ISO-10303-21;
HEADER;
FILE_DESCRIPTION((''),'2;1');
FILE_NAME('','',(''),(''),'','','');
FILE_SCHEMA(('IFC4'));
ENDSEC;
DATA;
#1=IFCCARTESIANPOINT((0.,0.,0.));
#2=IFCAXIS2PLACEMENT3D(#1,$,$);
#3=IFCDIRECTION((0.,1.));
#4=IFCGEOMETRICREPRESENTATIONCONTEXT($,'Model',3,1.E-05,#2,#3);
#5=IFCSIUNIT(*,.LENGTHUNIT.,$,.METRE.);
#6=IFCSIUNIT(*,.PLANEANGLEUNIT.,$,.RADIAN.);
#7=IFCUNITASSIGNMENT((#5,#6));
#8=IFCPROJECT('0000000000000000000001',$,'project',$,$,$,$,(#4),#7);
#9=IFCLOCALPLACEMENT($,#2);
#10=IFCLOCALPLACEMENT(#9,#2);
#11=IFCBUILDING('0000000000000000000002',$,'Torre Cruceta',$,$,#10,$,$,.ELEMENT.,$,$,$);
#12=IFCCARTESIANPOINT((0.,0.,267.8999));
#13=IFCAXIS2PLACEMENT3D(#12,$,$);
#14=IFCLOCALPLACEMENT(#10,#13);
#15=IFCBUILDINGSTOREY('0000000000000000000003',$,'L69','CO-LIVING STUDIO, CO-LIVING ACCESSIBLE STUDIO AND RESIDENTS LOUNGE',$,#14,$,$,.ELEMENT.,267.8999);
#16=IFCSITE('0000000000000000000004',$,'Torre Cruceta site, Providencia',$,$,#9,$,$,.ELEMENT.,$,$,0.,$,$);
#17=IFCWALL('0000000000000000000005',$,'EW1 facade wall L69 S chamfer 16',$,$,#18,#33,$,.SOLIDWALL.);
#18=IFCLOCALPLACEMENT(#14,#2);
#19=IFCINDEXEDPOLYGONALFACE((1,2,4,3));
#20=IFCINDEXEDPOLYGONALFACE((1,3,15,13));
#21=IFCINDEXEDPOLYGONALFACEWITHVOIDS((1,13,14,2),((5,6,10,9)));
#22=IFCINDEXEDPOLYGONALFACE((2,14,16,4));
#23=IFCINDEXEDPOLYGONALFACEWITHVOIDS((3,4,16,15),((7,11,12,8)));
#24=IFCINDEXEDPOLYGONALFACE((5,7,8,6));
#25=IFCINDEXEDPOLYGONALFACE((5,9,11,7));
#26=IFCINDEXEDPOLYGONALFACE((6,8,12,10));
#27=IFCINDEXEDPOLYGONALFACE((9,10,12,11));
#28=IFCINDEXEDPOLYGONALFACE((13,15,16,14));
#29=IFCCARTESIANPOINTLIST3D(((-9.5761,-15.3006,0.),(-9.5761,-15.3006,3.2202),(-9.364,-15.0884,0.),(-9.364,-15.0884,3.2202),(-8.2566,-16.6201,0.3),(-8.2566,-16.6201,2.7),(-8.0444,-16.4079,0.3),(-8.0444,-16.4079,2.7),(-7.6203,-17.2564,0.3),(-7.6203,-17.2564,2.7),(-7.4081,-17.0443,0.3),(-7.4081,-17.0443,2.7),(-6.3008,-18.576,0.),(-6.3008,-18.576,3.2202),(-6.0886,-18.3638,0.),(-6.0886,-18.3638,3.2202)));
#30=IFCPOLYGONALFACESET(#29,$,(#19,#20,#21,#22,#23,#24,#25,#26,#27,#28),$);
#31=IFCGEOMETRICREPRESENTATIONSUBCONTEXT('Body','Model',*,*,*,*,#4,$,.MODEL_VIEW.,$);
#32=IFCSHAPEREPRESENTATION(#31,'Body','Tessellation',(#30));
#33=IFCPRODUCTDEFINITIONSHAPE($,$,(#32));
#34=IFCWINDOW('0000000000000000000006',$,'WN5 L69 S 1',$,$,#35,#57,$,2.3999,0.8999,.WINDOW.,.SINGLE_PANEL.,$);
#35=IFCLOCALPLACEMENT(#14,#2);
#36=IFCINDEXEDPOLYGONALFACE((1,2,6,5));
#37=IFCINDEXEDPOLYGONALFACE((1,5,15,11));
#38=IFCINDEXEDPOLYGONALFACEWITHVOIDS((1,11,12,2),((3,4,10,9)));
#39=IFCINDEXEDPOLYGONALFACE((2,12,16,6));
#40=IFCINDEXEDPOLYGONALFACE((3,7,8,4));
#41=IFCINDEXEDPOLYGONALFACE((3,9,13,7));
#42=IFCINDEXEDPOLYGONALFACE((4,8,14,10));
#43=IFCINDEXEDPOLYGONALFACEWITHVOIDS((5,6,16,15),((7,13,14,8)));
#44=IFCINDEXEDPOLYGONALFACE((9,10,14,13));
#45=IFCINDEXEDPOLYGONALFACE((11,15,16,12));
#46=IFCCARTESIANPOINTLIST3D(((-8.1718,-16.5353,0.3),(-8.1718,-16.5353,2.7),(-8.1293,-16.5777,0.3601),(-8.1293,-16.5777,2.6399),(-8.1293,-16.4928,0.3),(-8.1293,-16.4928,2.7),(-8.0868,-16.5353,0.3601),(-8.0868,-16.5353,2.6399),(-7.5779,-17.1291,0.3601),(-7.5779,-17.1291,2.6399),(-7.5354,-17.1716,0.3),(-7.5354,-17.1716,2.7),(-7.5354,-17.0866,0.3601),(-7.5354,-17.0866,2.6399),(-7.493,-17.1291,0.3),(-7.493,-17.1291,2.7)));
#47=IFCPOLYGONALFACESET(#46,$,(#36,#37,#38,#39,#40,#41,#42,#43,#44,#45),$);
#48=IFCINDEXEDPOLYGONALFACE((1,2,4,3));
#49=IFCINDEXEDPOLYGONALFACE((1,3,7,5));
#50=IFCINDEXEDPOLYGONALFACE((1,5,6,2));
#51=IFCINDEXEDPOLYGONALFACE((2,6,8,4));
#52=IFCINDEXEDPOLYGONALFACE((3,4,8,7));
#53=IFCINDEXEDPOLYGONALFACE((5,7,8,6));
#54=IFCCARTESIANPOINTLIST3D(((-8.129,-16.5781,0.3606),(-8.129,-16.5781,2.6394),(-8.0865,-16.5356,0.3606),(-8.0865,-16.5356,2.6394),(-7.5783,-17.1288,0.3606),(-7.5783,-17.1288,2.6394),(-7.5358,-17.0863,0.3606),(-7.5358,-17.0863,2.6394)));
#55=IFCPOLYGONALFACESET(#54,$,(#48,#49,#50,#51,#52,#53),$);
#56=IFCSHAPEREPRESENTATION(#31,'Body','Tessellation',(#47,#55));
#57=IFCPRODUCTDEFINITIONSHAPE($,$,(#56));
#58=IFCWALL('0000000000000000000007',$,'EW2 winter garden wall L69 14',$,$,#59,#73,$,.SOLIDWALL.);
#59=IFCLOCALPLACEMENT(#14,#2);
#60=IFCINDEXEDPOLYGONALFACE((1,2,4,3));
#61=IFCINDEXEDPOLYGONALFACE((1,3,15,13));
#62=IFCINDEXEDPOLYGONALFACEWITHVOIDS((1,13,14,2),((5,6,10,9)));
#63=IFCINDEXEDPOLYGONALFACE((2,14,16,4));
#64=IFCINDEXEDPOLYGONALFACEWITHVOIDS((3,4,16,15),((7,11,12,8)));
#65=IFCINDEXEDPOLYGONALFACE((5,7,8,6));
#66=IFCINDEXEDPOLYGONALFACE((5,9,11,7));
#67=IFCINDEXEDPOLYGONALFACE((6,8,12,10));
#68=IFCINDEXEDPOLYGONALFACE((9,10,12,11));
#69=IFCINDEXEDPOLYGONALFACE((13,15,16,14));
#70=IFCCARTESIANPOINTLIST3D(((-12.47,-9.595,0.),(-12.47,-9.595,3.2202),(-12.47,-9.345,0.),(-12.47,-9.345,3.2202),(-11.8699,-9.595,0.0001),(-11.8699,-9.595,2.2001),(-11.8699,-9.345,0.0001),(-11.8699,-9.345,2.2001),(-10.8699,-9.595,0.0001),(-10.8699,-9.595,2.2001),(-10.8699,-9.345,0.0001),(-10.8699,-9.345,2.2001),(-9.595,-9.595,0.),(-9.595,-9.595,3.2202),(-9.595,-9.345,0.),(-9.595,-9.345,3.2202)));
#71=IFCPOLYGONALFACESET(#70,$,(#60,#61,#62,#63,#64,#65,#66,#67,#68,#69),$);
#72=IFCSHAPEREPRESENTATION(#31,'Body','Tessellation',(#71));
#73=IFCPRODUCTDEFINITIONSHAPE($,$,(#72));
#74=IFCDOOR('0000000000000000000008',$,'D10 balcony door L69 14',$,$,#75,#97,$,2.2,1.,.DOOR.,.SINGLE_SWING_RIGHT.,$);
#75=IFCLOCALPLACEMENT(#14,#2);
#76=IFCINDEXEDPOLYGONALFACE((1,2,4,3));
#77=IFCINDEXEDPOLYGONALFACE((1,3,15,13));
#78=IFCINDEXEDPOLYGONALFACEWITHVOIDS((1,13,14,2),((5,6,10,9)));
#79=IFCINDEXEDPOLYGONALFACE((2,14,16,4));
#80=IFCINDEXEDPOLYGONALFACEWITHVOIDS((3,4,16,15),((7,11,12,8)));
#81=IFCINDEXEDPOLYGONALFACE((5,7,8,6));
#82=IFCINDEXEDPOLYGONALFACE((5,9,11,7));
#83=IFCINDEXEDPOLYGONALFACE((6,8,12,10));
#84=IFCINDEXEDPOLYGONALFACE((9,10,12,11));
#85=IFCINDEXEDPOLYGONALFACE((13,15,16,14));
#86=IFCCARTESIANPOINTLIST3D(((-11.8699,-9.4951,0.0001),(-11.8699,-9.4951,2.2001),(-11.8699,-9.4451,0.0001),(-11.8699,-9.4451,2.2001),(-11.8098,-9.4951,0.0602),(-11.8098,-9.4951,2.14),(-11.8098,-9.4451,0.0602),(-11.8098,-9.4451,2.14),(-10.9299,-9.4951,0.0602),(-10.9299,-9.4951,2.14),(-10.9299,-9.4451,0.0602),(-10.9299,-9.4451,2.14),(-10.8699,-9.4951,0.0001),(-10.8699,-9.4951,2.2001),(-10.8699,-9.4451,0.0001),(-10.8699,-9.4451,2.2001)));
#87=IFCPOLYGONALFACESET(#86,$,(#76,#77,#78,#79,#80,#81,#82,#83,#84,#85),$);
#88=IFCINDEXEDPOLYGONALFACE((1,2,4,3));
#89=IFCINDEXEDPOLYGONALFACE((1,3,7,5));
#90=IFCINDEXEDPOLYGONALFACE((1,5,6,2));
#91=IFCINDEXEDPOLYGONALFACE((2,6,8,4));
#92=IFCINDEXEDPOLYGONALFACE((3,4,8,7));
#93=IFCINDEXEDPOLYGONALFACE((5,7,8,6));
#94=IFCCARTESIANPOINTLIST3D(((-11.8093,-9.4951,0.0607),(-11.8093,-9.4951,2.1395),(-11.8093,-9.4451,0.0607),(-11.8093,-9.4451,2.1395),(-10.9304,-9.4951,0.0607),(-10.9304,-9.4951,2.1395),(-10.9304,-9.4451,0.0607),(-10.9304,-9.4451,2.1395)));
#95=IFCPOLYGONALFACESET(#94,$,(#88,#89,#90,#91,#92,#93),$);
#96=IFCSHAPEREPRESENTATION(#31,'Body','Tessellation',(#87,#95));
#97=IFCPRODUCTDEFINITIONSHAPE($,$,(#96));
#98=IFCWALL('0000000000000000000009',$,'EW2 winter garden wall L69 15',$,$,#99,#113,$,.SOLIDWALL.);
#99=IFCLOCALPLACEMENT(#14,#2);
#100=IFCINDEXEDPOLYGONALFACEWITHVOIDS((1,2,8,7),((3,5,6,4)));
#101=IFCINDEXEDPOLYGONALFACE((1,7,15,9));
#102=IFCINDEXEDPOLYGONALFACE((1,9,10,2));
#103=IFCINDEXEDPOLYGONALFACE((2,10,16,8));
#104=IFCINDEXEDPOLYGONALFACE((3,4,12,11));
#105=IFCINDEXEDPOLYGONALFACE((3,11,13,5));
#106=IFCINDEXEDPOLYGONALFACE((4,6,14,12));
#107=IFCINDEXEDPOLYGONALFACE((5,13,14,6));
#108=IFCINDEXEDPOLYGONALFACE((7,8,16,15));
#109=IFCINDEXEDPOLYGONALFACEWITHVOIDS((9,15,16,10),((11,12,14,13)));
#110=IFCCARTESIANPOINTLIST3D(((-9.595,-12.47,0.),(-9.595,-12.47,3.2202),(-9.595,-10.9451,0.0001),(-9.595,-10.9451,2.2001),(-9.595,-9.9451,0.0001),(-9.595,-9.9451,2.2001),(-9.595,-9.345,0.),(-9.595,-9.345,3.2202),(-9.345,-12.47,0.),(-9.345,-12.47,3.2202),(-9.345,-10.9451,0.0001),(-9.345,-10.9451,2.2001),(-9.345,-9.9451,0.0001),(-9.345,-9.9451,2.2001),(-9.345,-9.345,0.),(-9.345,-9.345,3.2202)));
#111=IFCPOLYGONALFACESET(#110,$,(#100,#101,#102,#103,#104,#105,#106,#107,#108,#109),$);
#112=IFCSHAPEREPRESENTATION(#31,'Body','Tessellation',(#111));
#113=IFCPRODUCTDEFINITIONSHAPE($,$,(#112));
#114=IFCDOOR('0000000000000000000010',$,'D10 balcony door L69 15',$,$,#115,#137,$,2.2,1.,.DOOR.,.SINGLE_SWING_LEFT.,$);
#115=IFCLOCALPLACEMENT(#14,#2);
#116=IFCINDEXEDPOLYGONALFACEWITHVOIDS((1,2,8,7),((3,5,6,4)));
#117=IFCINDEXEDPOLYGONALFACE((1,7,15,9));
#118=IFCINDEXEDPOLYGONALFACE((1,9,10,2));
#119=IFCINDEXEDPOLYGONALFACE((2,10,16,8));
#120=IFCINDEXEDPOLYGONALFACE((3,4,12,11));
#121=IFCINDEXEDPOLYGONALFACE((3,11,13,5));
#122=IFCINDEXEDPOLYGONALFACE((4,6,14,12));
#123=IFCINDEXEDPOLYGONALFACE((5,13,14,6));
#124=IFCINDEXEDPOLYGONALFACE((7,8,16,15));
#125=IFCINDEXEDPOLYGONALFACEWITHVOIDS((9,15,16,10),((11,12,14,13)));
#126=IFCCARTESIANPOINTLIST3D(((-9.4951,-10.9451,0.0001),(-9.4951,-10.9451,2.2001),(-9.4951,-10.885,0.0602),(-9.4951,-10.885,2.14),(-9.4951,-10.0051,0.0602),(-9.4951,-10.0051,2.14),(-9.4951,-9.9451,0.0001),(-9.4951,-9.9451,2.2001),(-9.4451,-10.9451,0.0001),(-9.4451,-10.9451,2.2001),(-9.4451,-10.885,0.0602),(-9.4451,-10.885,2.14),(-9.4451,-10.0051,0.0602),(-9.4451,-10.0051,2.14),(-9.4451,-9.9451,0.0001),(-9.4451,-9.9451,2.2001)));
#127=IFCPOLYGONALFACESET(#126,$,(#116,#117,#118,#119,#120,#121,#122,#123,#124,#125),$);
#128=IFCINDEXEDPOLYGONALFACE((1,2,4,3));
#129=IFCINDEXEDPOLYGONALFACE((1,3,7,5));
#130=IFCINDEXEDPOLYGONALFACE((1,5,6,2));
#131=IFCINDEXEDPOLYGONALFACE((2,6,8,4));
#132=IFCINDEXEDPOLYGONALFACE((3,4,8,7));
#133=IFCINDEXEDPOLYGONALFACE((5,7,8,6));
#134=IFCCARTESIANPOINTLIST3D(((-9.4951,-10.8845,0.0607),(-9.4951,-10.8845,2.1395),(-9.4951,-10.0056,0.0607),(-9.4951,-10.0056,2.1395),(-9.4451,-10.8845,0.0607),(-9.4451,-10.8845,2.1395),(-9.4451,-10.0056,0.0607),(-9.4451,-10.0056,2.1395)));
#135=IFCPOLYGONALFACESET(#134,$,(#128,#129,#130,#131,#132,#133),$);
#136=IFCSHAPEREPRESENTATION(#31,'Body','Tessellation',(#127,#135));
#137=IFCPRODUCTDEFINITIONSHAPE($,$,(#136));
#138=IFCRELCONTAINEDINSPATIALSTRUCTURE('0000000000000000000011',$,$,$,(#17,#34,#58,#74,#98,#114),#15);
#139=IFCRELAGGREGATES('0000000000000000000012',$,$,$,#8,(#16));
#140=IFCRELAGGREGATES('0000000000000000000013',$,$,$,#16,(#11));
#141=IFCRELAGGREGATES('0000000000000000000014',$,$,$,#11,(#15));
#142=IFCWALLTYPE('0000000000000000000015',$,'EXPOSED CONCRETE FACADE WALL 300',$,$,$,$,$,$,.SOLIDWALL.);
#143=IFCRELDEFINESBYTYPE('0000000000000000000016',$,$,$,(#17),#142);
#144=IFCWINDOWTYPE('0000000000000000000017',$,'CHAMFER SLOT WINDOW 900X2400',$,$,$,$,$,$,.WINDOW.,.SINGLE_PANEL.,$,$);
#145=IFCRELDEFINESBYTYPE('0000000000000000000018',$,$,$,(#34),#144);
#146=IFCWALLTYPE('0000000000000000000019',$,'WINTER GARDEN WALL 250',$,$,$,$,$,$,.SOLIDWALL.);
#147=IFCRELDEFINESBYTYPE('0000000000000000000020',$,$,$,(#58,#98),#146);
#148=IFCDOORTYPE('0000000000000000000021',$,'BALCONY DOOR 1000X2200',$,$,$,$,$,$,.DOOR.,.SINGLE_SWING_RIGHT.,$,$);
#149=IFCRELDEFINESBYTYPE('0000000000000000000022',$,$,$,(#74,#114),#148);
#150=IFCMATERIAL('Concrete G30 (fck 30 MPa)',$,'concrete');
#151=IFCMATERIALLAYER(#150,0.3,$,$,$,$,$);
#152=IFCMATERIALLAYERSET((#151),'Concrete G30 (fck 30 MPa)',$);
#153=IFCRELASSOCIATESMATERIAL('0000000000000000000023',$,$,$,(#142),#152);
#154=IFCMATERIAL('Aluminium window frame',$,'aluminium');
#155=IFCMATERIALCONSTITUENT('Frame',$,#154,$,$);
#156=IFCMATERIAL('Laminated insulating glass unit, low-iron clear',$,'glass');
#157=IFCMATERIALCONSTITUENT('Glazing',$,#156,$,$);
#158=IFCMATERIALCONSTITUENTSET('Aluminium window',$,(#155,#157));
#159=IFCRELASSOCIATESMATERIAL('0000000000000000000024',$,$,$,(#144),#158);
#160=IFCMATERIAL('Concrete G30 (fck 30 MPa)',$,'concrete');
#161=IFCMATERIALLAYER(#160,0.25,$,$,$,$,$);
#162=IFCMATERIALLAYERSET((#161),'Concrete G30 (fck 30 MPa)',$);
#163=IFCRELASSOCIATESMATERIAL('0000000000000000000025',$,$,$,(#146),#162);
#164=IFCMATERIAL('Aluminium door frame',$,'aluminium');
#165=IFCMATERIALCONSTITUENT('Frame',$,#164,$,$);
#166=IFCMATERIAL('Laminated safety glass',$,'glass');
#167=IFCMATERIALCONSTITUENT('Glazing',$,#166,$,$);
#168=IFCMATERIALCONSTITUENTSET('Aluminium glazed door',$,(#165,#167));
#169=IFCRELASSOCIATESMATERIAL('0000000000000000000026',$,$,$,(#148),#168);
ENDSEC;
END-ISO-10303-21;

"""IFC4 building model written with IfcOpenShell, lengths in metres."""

from ifc_helpers import new_model, si_unit, direction, frame, frame_2d, origin, place, context, subcontext, project, spatial, rectangle, hollow_rectangle, extrude, material, layer, layer_set, constituent, constituent_set, type_object, element, fill, save


model = new_model("IFC4")

# Units and contexts
model_context = context("Model", 3, precision=1e-05, world=origin(), true_north=direction((0.0, 1.0)))
body_context = subcontext(model_context, "Body", "Model", "MODEL_VIEW")
ifc_project = project(units=[si_unit("LENGTHUNIT", "METRE"), si_unit("PLANEANGLEUNIT", "RADIAN")], contexts=[model_context])

# Site, building, storey
site_placement = place(None, origin())
site = spatial("IfcSite", under=ifc_project, at=site_placement, Name="Torre Cruceta site, Providencia", CompositionType="ELEMENT", RefElevation=0.0)
building_placement = place(site_placement, origin())
building = spatial("IfcBuilding", under=site, at=building_placement, Name="Torre Cruceta", CompositionType="ELEMENT")
storey_placement = place(building_placement, frame((0.0, 0.0, 267.8999)))
storey = spatial("IfcBuildingStorey", under=building, at=storey_placement, Name="L69", Description="CO-LIVING STUDIO, CO-LIVING ACCESSIBLE STUDIO AND RESIDENTS LOUNGE", CompositionType="ELEMENT", Elevation=267.8999)

# Wall, opening, window
ifc_material_1 = material(Name="Concrete G30 (fck 30 MPa)", Category="concrete")
ifc_layer_1 = layer(ifc_material_1, 0.3)
ifc_layer_set_1 = layer_set([ifc_layer_1], Name="Concrete G30 (fck 30 MPa)")
wall_type_1 = type_object("IfcWallType", Name="EXPOSED CONCRETE FACADE WALL 300", PredefinedType="SOLIDWALL", material=ifc_layer_set_1)
wall_1_placement = place(storey_placement, frame((-9.47, -15.1946, 0.0), z_axis=(0.0, 0.0, 1.0), x_axis=(0.707107, -0.707107, 0.0)))
wall_1 = element("IfcWall", 1, at=wall_1_placement, inside=storey, type_object=wall_type_1, Name="EW1 facade wall L69 S chamfer 16", PredefinedType="SOLIDWALL", context=body_context, shape_type="SweptSolid", body=[
    extrude(rectangle(XDim=4.6321, YDim=0.3, at=frame_2d((2.3159, 0.0))), origin(), (0.0, 0.0, 1.0), 3.2202),
])
opening_1_placement = place(wall_1_placement, frame((1.866, 0.0, 0.3)))
opening_1 = element("IfcOpeningElement", 2, at=opening_1_placement, cuts=wall_1, PredefinedType="OPENING", context=body_context, shape_type="SweptSolid", body=[
    extrude(rectangle(XDim=0.8999, YDim=2.3999, at=frame_2d((0.45, 1.2))), frame((0.0, 0.1599, 0.0), z_axis=(0.0, -1.0, 0.0), x_axis=(1.0, 0.0, 0.0)), (0.0, 0.0, 1.0), 0.3201),
])
ifc_material_2 = material(Name="Aluminium window frame", Category="aluminium")
ifc_constituent_1 = constituent(ifc_material_2, Name="Frame")
ifc_material_3 = material(Name="Laminated insulating glass unit, low-iron clear", Category="glass")
ifc_constituent_2 = constituent(ifc_material_3, Name="Glazing")
ifc_constituent_set_1 = constituent_set(constituents=[ifc_constituent_1, ifc_constituent_2], Name="Aluminium window")
window_type = type_object("IfcWindowType", Name="CHAMFER SLOT WINDOW 900X2400", PartitioningType="SINGLE_PANEL", PredefinedType="WINDOW", material=ifc_constituent_set_1)
window_placement = place(opening_1_placement, origin())
window = element("IfcWindow", 3, at=window_placement, inside=storey, type_object=window_type, Name="WN5 L69 S 1", OverallHeight=2.3999, OverallWidth=0.8999, PartitioningType="SINGLE_PANEL", PredefinedType="WINDOW", context=body_context, shape_type="SweptSolid", body=[
    extrude(hollow_rectangle(XDim=0.8999, YDim=2.3999, WallThickness=0.0601, at=frame_2d((0.45, 1.2))), frame((0.0, 0.03, 0.0), z_axis=(0.0, -1.0, 0.0), x_axis=(1.0, 0.0, 0.0)), (0.0, 0.0, 1.0), 0.0601),
    extrude(rectangle(XDim=0.7788, YDim=2.2788, at=frame_2d((0.45, 1.2))), frame((0.0, 0.03, 0.0), z_axis=(0.0, -1.0, 0.0), x_axis=(1.0, 0.0, 0.0)), (0.0, 0.0, 1.0), 0.0601),
])
fill(opening_1, window)

# Walls, openings, doors
ifc_material_4 = material(Name="Concrete G30 (fck 30 MPa)", Category="concrete")
ifc_layer_2 = layer(ifc_material_4, 0.25)
ifc_layer_set_2 = layer_set([ifc_layer_2], Name="Concrete G30 (fck 30 MPa)")
wall_type_2 = type_object("IfcWallType", Name="WINTER GARDEN WALL 250", PredefinedType="SOLIDWALL", material=ifc_layer_set_2)
wall_2_placement = place(storey_placement, frame((-12.47, -9.47, 0.0), z_axis=(0.0, 0.0, 1.0), x_axis=(1.0, 0.0, 0.0)))
wall_2 = element("IfcWall", 4, at=wall_2_placement, inside=storey, type_object=wall_type_2, Name="EW2 winter garden wall L69 14", PredefinedType="SOLIDWALL", context=body_context, shape_type="SweptSolid", body=[
    extrude(rectangle(XDim=2.875, YDim=0.25, at=frame_2d((1.4375, 0.0))), origin(), (0.0, 0.0, 1.0), 3.2202),
])
opening_2_placement = place(wall_2_placement, frame((0.6001, 0.0, 0.0)))
opening_2 = element("IfcOpeningElement", 5, at=opening_2_placement, cuts=wall_2, PredefinedType="OPENING", context=body_context, shape_type="SweptSolid", body=[
    extrude(rectangle(XDim=1.0, YDim=2.2, at=frame_2d((0.5, 1.1001))), frame((0.0, 0.135, 0.0), z_axis=(0.0, -1.0, 0.0), x_axis=(1.0, 0.0, 0.0)), (0.0, 0.0, 1.0), 0.27),
])
ifc_material_5 = material(Name="Aluminium door frame", Category="aluminium")
ifc_constituent_3 = constituent(ifc_material_5, Name="Frame")
ifc_material_6 = material(Name="Laminated safety glass", Category="glass")
ifc_constituent_4 = constituent(ifc_material_6, Name="Glazing")
ifc_constituent_set_2 = constituent_set(constituents=[ifc_constituent_3, ifc_constituent_4], Name="Aluminium glazed door")
door_type = type_object("IfcDoorType", Name="BALCONY DOOR 1000X2200", OperationType="SINGLE_SWING_RIGHT", PredefinedType="DOOR", material=ifc_constituent_set_2)
door_1_placement = place(opening_2_placement, origin())
door_1 = element("IfcDoor", 6, at=door_1_placement, inside=storey, type_object=door_type, Name="D10 balcony door L69 14", OperationType="SINGLE_SWING_RIGHT", OverallHeight=2.2, OverallWidth=1.0, PredefinedType="DOOR", context=body_context, shape_type="SweptSolid", body=[
    extrude(hollow_rectangle(XDim=1.0, YDim=2.2, WallThickness=0.0601, at=frame_2d((0.5, 1.1001))), frame((0.0, 0.0249, 0.0), z_axis=(0.0, -1.0, 0.0), x_axis=(1.0, 0.0, 0.0)), (0.0, 0.0, 1.0), 0.05),
    extrude(rectangle(XDim=0.8789, YDim=2.0789, at=frame_2d((0.5, 1.1001))), frame((0.0, 0.0249, 0.0), z_axis=(0.0, -1.0, 0.0), x_axis=(1.0, 0.0, 0.0)), (0.0, 0.0, 1.0), 0.05),
])
fill(opening_2, door_1)
wall_3_placement = place(storey_placement, frame((-9.47, -9.345, 0.0), z_axis=(0.0, 0.0, 1.0), x_axis=(0.0, -1.0, 0.0)))
wall_3 = element("IfcWall", 7, at=wall_3_placement, inside=storey, type_object=wall_type_2, Name="EW2 winter garden wall L69 15", PredefinedType="SOLIDWALL", context=body_context, shape_type="SweptSolid", body=[
    extrude(rectangle(XDim=3.125, YDim=0.25, at=frame_2d((1.5625, 0.0))), origin(), (0.0, 0.0, 1.0), 3.2202),
])
opening_3_placement = place(wall_3_placement, frame((0.6001, 0.0, 0.0)))
opening_3 = element("IfcOpeningElement", 8, at=opening_3_placement, cuts=wall_3, PredefinedType="OPENING", context=body_context, shape_type="SweptSolid", body=[
    extrude(rectangle(XDim=1.0, YDim=2.2, at=frame_2d((0.5, 1.1001))), frame((0.0, 0.135, 0.0), z_axis=(0.0, -1.0, 0.0), x_axis=(1.0, 0.0, 0.0)), (0.0, 0.0, 1.0), 0.27),
])
door_2_placement = place(opening_3_placement, origin())
door_2 = element("IfcDoor", 9, at=door_2_placement, inside=storey, type_object=door_type, Name="D10 balcony door L69 15", OperationType="SINGLE_SWING_LEFT", OverallHeight=2.2, OverallWidth=1.0, PredefinedType="DOOR", context=body_context, shape_type="SweptSolid", body=[
    extrude(hollow_rectangle(XDim=1.0, YDim=2.2, WallThickness=0.0601, at=frame_2d((0.5, 1.1001))), frame((0.0, 0.0249, 0.0), z_axis=(0.0, -1.0, 0.0), x_axis=(1.0, 0.0, 0.0)), (0.0, 0.0, 1.0), 0.05),
    extrude(rectangle(XDim=0.8789, YDim=2.0789, at=frame_2d((0.5, 1.1001))), frame((0.0, 0.0249, 0.0), z_axis=(0.0, -1.0, 0.0), x_axis=(1.0, 0.0, 0.0)), (0.0, 0.0, 1.0), 0.05),
])
fill(opening_3, door_2)

save(model, "model.ifc")
